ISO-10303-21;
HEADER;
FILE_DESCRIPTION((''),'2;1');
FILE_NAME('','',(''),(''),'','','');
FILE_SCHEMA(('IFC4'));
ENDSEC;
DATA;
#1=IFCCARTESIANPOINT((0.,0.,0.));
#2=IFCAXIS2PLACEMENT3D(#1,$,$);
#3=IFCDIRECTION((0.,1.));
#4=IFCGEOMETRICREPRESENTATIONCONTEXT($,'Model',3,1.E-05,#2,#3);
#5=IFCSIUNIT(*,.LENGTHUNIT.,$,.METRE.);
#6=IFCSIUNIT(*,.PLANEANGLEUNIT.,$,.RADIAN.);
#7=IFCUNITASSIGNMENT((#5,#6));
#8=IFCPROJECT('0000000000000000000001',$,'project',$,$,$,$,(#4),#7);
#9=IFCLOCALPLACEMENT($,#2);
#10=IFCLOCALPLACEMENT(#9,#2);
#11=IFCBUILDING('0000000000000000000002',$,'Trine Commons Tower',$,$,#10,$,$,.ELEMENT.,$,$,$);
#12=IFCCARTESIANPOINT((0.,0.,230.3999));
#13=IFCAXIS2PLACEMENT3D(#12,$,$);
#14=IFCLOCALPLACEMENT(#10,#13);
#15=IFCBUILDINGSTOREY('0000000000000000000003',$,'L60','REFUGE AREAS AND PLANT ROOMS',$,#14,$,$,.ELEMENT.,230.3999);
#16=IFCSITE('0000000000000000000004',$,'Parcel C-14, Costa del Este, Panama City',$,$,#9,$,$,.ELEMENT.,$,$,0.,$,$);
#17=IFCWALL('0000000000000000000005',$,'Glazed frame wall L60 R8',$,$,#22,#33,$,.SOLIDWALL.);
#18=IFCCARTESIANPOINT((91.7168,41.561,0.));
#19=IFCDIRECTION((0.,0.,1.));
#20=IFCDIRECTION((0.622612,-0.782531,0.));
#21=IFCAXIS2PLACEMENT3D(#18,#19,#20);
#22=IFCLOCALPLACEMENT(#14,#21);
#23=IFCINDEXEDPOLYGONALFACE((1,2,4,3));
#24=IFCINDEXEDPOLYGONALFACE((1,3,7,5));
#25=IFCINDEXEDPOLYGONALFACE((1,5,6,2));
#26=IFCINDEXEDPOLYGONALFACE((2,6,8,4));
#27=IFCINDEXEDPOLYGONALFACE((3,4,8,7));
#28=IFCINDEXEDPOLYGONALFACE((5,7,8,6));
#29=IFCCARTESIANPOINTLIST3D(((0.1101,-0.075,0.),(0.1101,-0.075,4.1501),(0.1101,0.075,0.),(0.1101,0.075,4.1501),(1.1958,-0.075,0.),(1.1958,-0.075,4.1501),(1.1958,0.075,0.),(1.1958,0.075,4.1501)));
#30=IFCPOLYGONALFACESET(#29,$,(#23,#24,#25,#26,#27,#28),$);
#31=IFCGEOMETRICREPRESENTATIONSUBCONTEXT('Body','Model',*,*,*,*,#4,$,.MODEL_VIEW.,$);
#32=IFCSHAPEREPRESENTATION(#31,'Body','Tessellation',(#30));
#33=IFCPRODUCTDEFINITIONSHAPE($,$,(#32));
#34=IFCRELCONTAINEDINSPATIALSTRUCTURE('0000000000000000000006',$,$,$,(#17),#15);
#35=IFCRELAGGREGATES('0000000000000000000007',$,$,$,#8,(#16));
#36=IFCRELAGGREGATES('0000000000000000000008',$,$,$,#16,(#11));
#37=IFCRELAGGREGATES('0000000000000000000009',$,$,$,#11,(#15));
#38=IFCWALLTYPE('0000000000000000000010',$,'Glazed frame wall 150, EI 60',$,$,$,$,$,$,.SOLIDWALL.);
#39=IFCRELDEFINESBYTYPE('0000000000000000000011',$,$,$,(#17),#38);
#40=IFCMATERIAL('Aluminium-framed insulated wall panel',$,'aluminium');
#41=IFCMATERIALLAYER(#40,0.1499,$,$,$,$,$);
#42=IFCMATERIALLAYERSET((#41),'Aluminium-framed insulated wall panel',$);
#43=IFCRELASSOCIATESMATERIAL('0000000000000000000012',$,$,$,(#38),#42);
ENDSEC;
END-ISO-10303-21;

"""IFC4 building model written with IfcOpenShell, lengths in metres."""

from ifc_helpers import new_model, si_unit, direction, frame, origin, place, context, subcontext, project, spatial, polyline, outline, extrude, material, layer, layer_set, type_object, element, save


model = new_model("IFC4")

# Units and contexts
model_context = context("Model", 3, precision=1e-05, world=origin(), true_north=direction((0.0, 1.0)))
body_context = subcontext(model_context, "Body", "Model", "MODEL_VIEW")
ifc_project = project(units=[si_unit("LENGTHUNIT", "METRE"), si_unit("PLANEANGLEUNIT", "RADIAN")], contexts=[model_context])

# Site, building, storey
site_placement = place(None, origin())
site = spatial("IfcSite", under=ifc_project, at=site_placement, Name="Parcel C-14, Costa del Este, Panama City", CompositionType="ELEMENT", RefElevation=0.0)
building_placement = place(site_placement, origin())
building = spatial("IfcBuilding", under=site, at=building_placement, Name="Trine Commons Tower", CompositionType="ELEMENT")
storey_placement = place(building_placement, frame((0.0, 0.0, 230.3999)))
storey = spatial("IfcBuildingStorey", under=building, at=storey_placement, Name="L60", Description="REFUGE AREAS AND PLANT ROOMS", CompositionType="ELEMENT", Elevation=230.3999)

# Wall
ifc_material_1 = material(Name="Aluminium-framed insulated wall panel", Category="aluminium")
ifc_layer_1 = layer(ifc_material_1, 0.1499)
ifc_layer_set_1 = layer_set([ifc_layer_1], Name="Aluminium-framed insulated wall panel")
wall_type_1 = type_object("IfcWallType", Name="Glazed frame wall 150, EI 60", PredefinedType="SOLIDWALL", material=ifc_layer_set_1)
wall_1_placement = place(storey_placement, frame((91.7168, 41.561, 0.0), z_axis=(0.0, 0.0, 1.0), x_axis=(0.622612, -0.782531, 0.0)))
element("IfcWall", 1, at=wall_1_placement, inside=storey, type_object=wall_type_1, Name="Glazed frame wall L60 R8", PredefinedType="SOLIDWALL", context=body_context, shape_type="SweptSolid", body=[
    extrude(outline(polyline([(0.1101, 0.075), (0.1101, -0.075), (1.1958, -0.075), (1.1958, 0.075), (0.1101, 0.075)])), origin(), (0.0, 0.0, 1.0), 4.1501),
])

save(model, "model.ifc")
